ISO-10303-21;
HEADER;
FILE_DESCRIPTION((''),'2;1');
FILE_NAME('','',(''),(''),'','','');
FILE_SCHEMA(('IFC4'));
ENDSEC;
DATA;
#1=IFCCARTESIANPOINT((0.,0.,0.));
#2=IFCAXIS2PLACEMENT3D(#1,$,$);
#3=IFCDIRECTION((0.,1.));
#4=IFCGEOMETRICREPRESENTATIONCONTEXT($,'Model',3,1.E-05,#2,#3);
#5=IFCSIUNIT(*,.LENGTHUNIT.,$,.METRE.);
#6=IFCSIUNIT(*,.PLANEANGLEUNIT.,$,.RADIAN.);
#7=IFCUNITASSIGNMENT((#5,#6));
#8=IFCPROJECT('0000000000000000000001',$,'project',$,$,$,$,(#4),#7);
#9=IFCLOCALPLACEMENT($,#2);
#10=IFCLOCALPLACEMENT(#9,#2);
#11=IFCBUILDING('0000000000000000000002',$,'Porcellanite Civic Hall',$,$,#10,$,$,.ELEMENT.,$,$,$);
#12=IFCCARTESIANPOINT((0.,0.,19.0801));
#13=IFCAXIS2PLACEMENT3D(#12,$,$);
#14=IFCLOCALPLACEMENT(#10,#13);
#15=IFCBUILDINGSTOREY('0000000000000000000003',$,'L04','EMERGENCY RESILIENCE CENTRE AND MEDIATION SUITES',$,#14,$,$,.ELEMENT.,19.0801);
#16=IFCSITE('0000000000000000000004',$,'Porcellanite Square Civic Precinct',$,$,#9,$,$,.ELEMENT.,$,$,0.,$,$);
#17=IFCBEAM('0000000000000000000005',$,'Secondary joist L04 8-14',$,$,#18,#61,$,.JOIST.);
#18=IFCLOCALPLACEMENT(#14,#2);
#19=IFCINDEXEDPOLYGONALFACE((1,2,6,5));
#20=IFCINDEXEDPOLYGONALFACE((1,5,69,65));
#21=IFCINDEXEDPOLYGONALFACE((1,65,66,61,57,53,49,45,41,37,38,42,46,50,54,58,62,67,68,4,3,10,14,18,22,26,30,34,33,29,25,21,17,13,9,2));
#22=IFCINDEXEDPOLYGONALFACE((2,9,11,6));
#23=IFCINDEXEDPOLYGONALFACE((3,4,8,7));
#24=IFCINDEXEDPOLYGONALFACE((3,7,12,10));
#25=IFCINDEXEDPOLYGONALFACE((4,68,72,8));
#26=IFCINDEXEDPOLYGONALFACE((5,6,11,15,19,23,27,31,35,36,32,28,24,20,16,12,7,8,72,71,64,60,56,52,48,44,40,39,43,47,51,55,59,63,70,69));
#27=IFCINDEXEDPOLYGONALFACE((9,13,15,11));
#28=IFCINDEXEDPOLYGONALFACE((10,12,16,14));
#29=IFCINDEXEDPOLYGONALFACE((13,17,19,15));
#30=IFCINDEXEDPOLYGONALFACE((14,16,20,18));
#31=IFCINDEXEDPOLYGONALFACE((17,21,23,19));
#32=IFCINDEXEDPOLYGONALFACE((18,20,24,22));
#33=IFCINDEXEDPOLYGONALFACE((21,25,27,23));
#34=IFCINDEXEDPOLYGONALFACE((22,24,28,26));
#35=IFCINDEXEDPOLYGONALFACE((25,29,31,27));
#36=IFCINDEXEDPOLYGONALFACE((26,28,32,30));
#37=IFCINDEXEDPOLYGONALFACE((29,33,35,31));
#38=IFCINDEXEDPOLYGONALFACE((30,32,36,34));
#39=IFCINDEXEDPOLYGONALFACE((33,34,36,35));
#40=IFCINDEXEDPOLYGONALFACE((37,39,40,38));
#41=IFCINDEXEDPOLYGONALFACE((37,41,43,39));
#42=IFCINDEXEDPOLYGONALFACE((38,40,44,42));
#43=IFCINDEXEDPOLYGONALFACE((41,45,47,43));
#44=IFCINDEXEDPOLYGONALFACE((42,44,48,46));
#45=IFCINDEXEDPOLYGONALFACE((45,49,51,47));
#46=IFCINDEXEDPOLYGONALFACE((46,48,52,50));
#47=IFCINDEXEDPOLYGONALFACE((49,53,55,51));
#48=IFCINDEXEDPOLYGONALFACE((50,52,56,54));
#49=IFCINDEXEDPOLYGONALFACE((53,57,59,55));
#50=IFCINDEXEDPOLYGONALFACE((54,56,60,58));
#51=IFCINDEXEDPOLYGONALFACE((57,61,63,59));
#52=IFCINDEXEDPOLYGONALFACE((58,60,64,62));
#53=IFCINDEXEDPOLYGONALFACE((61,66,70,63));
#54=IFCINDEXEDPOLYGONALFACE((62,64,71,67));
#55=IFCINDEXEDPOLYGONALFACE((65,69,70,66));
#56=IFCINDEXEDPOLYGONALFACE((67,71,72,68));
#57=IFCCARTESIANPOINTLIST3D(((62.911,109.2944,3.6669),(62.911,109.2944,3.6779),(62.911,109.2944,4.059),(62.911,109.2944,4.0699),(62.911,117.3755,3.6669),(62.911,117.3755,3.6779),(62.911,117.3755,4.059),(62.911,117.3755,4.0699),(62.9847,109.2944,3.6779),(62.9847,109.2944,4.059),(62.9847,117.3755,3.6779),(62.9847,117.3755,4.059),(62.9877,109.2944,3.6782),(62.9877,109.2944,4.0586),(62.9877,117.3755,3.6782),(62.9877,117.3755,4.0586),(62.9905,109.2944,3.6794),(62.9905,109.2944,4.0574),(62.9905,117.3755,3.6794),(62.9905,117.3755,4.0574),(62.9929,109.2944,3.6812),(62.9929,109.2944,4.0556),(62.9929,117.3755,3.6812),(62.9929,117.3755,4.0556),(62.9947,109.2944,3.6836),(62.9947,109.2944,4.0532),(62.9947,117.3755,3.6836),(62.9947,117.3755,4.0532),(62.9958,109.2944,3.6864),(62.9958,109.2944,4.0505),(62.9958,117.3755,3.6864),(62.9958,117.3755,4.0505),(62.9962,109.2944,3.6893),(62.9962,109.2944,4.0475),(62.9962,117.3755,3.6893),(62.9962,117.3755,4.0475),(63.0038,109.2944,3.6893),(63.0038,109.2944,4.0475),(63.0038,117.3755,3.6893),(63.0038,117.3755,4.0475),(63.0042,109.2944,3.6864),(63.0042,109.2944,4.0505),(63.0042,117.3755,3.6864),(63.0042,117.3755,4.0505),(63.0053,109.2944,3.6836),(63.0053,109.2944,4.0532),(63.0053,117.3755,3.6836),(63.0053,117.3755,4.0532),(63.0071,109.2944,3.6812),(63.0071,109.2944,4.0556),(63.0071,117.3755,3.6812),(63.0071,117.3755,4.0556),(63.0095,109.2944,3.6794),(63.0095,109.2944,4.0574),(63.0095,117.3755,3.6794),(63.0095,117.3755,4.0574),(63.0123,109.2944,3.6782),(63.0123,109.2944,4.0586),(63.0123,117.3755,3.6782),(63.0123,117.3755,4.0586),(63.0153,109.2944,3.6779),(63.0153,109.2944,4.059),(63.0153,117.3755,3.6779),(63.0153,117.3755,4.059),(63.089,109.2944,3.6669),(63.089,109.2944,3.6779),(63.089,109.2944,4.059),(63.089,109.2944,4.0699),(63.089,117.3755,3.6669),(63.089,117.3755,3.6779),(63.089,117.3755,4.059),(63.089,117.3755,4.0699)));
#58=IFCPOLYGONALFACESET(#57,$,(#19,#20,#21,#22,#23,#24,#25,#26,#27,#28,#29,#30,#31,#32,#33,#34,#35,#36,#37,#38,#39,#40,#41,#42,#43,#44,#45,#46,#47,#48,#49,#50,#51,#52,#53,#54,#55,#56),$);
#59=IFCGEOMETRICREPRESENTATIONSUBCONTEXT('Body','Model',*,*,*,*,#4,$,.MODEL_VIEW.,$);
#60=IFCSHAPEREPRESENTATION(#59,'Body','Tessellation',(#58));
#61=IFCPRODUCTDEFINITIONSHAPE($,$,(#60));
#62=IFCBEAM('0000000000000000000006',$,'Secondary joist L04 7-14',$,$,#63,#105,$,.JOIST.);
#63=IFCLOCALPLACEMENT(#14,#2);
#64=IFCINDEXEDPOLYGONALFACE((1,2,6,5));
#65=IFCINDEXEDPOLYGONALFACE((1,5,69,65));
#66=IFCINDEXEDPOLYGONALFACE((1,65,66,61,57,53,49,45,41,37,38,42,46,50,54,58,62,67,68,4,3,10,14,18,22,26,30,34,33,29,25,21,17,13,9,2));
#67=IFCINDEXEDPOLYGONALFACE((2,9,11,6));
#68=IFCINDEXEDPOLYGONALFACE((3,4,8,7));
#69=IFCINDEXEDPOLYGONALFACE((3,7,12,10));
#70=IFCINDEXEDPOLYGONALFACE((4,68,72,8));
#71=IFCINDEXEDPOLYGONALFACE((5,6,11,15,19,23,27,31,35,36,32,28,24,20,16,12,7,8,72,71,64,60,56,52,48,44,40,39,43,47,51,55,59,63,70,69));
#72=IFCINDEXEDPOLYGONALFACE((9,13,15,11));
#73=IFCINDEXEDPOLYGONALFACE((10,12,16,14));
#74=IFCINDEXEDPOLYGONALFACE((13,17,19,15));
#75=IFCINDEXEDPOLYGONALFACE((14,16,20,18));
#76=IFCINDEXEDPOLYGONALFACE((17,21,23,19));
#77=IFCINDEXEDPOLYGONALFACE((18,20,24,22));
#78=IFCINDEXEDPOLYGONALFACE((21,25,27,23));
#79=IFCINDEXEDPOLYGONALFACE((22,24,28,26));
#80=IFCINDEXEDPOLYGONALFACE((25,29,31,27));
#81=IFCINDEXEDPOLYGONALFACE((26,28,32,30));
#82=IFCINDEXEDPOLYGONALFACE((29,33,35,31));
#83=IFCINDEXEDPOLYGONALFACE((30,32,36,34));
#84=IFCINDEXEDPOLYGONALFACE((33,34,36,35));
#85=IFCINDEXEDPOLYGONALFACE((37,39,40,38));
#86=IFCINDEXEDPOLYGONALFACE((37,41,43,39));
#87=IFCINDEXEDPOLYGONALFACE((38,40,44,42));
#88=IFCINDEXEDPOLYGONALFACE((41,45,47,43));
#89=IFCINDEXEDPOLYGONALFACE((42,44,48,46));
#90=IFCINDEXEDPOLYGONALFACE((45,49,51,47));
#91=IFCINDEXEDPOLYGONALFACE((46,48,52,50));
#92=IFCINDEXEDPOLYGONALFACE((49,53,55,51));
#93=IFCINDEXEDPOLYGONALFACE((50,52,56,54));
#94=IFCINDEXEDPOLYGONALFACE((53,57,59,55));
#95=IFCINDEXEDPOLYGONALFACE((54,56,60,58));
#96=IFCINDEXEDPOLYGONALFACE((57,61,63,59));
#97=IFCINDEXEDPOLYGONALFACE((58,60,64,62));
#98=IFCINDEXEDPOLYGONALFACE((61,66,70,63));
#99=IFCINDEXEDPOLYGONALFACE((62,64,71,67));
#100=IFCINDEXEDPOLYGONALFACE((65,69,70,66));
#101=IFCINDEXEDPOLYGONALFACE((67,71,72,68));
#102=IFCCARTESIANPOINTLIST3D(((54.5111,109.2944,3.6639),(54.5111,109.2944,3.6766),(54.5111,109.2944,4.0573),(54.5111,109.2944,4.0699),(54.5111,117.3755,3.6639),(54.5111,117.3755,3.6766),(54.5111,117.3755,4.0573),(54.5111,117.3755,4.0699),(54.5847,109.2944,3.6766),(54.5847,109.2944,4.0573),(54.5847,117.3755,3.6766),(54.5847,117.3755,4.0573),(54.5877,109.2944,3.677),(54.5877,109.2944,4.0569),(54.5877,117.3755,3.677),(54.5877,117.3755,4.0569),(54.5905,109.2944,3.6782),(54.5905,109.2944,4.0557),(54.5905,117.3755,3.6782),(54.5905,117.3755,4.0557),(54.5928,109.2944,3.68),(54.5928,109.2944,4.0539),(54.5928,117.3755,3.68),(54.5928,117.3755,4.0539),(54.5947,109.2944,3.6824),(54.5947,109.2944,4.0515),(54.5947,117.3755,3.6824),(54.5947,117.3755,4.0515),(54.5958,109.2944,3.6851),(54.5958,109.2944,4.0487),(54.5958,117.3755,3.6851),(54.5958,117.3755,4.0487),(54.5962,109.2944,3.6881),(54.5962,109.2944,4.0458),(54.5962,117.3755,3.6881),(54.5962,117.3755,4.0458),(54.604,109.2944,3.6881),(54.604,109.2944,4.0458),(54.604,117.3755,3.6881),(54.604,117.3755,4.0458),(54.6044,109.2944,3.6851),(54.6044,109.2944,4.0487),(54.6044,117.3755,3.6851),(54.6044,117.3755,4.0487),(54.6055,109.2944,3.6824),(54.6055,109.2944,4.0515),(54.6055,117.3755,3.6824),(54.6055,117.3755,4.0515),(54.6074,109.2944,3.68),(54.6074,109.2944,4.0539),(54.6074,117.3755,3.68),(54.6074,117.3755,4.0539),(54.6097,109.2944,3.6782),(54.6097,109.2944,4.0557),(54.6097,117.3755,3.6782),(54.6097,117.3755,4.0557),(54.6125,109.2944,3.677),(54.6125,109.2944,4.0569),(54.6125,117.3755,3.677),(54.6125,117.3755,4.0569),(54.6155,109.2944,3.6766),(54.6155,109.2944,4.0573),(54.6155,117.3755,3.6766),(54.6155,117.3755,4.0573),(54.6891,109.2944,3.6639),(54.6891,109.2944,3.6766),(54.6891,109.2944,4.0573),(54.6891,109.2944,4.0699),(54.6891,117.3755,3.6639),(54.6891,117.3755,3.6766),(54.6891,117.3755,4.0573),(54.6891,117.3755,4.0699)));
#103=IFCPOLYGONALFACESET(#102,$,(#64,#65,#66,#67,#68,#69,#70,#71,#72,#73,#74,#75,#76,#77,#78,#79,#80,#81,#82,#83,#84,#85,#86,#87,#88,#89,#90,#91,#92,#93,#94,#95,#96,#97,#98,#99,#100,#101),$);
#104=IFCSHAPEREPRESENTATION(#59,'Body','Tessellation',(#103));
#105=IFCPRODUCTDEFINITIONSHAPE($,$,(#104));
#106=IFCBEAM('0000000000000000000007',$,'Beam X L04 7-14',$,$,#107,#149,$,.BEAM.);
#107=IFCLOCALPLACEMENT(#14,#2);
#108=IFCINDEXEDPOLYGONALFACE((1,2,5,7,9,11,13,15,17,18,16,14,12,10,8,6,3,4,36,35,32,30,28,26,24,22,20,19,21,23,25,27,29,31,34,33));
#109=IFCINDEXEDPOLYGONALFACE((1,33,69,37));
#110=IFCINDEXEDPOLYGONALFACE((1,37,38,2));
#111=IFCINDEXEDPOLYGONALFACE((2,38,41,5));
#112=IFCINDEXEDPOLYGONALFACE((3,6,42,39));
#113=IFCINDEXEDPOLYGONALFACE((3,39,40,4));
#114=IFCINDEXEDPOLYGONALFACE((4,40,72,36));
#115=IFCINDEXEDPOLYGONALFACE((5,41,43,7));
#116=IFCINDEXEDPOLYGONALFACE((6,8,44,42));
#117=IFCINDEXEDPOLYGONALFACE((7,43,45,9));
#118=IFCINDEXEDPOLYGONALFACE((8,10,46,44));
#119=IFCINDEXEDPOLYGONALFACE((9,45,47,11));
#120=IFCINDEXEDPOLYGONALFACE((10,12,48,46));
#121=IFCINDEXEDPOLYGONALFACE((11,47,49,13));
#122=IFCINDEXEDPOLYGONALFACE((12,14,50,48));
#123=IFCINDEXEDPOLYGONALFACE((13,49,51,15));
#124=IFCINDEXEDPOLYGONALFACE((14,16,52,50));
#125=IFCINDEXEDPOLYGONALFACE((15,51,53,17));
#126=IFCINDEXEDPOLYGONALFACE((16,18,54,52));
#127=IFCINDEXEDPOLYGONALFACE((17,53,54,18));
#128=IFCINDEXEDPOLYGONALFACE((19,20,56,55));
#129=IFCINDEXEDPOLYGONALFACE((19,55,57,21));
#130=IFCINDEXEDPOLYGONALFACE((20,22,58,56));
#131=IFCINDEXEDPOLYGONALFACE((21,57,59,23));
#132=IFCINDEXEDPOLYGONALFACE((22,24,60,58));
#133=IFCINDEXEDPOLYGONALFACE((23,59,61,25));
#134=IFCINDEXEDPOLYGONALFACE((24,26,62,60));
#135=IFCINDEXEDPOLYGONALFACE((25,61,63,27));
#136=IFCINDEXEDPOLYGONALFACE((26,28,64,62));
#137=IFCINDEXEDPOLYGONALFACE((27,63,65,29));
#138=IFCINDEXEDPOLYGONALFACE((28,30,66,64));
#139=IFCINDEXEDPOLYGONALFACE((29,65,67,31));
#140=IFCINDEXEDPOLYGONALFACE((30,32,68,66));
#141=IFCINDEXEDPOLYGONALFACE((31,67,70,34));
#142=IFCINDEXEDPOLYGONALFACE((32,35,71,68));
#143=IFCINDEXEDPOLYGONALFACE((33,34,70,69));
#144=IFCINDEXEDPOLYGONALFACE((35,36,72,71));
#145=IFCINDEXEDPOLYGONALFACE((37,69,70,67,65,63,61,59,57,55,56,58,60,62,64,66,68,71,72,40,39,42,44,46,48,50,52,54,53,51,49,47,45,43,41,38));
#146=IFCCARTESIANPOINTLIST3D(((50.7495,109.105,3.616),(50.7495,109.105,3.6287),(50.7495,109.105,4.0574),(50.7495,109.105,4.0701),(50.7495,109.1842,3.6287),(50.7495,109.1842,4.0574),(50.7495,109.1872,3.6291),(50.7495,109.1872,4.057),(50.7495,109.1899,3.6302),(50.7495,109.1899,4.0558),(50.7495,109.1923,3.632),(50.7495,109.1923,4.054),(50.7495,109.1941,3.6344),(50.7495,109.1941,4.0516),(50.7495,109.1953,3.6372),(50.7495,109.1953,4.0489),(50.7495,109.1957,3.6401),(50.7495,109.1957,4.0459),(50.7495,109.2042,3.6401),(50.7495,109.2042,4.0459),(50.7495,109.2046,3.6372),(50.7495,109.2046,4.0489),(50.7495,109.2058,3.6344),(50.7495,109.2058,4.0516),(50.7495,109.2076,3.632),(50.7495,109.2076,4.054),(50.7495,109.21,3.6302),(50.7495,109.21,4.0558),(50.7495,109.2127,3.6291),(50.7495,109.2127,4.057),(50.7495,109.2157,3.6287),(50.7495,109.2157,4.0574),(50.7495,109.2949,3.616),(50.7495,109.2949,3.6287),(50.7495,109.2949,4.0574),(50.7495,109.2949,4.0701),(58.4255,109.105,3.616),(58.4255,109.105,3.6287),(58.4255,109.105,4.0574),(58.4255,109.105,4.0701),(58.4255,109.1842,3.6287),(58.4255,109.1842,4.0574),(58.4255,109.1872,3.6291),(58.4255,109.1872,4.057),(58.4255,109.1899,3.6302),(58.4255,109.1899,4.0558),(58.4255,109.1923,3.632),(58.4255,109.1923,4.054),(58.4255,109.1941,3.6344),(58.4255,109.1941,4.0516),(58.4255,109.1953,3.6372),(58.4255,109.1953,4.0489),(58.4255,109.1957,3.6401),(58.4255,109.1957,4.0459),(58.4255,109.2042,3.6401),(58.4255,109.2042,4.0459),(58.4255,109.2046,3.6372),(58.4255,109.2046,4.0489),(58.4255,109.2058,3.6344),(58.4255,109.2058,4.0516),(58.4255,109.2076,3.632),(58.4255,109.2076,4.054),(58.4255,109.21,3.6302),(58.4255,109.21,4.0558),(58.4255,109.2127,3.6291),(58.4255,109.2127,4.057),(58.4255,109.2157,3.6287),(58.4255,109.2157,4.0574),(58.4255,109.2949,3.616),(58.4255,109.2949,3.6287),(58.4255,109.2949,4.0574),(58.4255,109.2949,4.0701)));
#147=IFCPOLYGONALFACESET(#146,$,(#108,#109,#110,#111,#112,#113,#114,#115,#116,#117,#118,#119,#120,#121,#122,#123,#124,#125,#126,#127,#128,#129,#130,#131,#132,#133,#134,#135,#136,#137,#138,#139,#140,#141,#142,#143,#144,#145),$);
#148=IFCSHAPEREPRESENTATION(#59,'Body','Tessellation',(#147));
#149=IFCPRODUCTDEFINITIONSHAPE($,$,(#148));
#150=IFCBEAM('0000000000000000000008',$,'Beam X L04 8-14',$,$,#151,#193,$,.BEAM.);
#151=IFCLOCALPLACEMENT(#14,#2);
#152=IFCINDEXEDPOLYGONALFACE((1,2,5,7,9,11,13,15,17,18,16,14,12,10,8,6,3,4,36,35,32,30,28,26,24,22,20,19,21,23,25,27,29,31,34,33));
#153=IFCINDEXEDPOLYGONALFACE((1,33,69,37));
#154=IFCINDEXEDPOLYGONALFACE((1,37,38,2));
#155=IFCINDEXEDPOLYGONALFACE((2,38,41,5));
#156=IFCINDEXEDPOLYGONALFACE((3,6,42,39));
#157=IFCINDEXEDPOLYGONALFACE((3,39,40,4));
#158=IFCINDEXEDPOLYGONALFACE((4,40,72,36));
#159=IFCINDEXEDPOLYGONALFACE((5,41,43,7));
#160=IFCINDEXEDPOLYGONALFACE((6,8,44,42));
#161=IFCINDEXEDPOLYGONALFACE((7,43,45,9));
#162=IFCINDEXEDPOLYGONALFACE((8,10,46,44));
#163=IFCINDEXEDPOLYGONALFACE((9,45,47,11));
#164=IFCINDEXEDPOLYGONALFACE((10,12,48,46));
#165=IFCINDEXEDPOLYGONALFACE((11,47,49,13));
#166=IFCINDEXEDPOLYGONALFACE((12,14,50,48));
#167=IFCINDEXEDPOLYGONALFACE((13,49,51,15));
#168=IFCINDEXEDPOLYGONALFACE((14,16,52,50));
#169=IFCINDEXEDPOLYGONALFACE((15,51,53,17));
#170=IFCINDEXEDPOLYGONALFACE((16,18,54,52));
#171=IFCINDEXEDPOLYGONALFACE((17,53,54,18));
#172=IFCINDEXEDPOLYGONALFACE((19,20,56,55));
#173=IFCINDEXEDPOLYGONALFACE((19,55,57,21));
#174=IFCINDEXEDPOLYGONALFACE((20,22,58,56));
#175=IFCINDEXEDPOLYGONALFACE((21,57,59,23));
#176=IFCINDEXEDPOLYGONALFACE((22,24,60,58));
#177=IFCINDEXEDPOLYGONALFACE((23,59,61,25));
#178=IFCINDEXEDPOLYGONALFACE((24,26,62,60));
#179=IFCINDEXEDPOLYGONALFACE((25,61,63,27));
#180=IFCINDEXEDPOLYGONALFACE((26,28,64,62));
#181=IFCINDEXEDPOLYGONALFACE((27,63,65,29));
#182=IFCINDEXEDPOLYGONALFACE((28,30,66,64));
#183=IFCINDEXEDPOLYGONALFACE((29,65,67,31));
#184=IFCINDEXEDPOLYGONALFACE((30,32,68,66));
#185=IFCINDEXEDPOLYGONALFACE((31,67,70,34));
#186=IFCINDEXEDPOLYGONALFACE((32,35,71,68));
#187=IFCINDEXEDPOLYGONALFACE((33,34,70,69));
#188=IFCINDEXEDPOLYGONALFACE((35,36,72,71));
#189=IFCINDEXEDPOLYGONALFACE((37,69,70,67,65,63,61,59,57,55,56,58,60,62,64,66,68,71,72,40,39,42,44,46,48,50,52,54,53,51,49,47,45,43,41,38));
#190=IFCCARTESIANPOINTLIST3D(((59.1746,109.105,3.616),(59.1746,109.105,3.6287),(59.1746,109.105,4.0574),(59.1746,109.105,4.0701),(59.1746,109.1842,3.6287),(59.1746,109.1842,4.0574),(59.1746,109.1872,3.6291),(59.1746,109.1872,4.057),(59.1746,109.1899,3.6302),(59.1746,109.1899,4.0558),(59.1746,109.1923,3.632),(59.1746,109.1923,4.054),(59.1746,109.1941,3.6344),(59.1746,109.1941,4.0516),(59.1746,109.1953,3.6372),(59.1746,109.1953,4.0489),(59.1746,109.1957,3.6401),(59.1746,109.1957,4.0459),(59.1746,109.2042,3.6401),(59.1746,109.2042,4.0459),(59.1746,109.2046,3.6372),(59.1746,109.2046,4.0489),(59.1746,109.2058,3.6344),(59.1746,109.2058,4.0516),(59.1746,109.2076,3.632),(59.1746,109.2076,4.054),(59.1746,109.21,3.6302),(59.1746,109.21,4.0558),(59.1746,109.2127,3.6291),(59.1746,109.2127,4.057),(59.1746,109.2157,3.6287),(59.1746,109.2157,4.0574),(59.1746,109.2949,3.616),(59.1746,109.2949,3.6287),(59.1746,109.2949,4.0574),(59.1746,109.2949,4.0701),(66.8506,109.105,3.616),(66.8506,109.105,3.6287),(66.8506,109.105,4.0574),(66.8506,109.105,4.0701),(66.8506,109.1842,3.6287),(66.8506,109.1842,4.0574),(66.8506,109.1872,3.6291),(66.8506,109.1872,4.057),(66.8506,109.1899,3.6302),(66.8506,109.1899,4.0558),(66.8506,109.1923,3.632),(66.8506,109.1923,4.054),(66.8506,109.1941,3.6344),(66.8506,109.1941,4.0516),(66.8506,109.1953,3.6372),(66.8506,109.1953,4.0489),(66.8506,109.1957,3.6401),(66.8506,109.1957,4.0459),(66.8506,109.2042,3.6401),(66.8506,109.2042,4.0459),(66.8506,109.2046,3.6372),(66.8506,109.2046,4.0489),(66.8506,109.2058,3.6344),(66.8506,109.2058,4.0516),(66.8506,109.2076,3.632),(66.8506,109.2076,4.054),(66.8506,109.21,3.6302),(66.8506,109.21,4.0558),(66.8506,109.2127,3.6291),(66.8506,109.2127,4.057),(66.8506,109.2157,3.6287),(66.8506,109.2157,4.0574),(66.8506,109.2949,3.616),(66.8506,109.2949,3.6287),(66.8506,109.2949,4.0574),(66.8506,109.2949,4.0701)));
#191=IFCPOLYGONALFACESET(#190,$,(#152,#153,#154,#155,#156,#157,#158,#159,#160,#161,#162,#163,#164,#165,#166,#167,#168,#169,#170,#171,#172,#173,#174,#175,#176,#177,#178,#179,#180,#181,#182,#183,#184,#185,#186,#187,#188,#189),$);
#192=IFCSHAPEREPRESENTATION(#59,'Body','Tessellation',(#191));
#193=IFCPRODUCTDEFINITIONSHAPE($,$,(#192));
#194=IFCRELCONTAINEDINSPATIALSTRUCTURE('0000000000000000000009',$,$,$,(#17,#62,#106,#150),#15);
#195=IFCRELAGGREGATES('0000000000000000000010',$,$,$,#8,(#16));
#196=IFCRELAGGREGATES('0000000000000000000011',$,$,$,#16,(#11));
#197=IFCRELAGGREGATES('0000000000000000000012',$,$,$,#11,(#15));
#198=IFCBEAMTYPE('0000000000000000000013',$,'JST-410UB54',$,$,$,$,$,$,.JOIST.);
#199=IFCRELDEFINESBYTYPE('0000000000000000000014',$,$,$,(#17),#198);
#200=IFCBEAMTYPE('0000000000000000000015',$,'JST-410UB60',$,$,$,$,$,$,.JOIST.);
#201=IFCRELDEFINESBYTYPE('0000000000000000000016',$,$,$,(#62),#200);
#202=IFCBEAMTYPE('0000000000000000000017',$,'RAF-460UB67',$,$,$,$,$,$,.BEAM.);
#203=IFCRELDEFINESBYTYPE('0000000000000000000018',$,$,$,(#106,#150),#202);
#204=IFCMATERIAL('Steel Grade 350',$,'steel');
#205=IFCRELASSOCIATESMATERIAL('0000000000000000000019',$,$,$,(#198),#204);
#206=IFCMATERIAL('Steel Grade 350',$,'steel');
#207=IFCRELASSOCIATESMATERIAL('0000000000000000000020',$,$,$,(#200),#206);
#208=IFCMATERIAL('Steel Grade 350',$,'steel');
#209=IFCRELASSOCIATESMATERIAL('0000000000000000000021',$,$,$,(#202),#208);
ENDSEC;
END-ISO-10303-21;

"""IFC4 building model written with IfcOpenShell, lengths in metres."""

from ifc_helpers import new_model, si_unit, direction, frame, origin, origin_2d, place, context, subcontext, project, spatial, i_section, extrude, material, material_profile, profile_set, type_object, element, save


model = new_model("IFC4")

# Units and contexts
model_context = context("Model", 3, precision=1e-05, world=origin(), true_north=direction((0.0, 1.0)))
body_context = subcontext(model_context, "Body", "Model", "MODEL_VIEW")
ifc_project = project(units=[si_unit("LENGTHUNIT", "METRE"), si_unit("PLANEANGLEUNIT", "RADIAN")], contexts=[model_context])

# Site, building, storey
site_placement = place(None, origin())
site = spatial("IfcSite", under=ifc_project, at=site_placement, Name="Porcellanite Square Civic Precinct", CompositionType="ELEMENT", RefElevation=0.0)
building_placement = place(site_placement, origin())
building = spatial("IfcBuilding", under=site, at=building_placement, Name="Porcellanite Civic Hall", CompositionType="ELEMENT")
storey_placement = place(building_placement, frame((0.0, 0.0, 19.0801)))
storey = spatial("IfcBuildingStorey", under=building, at=storey_placement, Name="L04", Description="EMERGENCY RESILIENCE CENTRE AND MEDIATION SUITES", CompositionType="ELEMENT", Elevation=19.0801)

# Beams
ifc_material_1 = material(Name="Steel Grade 350", Category="steel")
ifc_material_profile_1 = material_profile(ifc_material_1, i_section(OverallWidth=0.178, OverallDepth=0.4031, WebThickness=0.0076, FlangeThickness=0.011, FilletRadius=0.0115, at=origin_2d()), Name="410UB53.7")
ifc_profile_set_1 = profile_set([ifc_material_profile_1], Name="Steel Grade 350")
beam_type_1 = type_object("IfcBeamType", Name="JST-410UB54", PredefinedType="JOIST", material=ifc_profile_set_1)
beam_1_placement = place(storey_placement, frame((63.0, 109.2944, 3.8684), z_axis=(0.0, 1.0, 0.0), x_axis=(-1.0, 0.0, 0.0)))
element("IfcBeam", 1, at=beam_1_placement, inside=storey, type_object=beam_type_1, Name="Secondary joist L04 8-14", PredefinedType="JOIST", context=body_context, shape_type="SweptSolid", body=[
    extrude(i_section(OverallWidth=0.178, OverallDepth=0.4031, WebThickness=0.0076, FlangeThickness=0.011, FilletRadius=0.0115, at=origin_2d()), origin(), (0.0, 0.0, 1.0), 8.0811),
])
ifc_material_2 = material(Name="Steel Grade 350", Category="steel")
ifc_material_profile_2 = material_profile(ifc_material_2, i_section(OverallWidth=0.178, OverallDepth=0.406, WebThickness=0.0078, FlangeThickness=0.0127, FilletRadius=0.0115, at=origin_2d()), Name="410UB59.7")
ifc_profile_set_2 = profile_set([ifc_material_profile_2], Name="Steel Grade 350")
beam_type_2 = type_object("IfcBeamType", Name="JST-410UB60", PredefinedType="JOIST", material=ifc_profile_set_2)
beam_2_placement = place(storey_placement, frame((54.6001, 109.2944, 3.8669), z_axis=(0.0, 1.0, 0.0), x_axis=(-1.0, 0.0, 0.0)))
element("IfcBeam", 2, at=beam_2_placement, inside=storey, type_object=beam_type_2, Name="Secondary joist L04 7-14", PredefinedType="JOIST", context=body_context, shape_type="SweptSolid", body=[
    extrude(i_section(OverallWidth=0.178, OverallDepth=0.406, WebThickness=0.0078, FlangeThickness=0.0127, FilletRadius=0.0115, at=origin_2d()), origin(), (0.0, 0.0, 1.0), 8.0811),
])
ifc_material_3 = material(Name="Steel Grade 350", Category="steel")
ifc_material_profile_3 = material_profile(ifc_material_3, i_section(OverallWidth=0.1899, OverallDepth=0.4541, WebThickness=0.0085, FlangeThickness=0.0127, FilletRadius=0.0115, at=origin_2d()), Name="460UB67.1")
ifc_profile_set_3 = profile_set([ifc_material_profile_3], Name="Steel Grade 350")
beam_type_3 = type_object("IfcBeamType", Name="RAF-460UB67", PredefinedType="BEAM", material=ifc_profile_set_3)
for number, where, z_axis, x_axis, name in (
    (3, (50.7495, 109.2, 3.843), (1.0, 0.0, 0.0), (0.0, 1.0, 0.0), "Beam X L04 7-14"),
    (4, (59.1746, 109.2, 3.843), (1.0, 0.0, 0.0), (0.0, 1.0, 0.0), "Beam X L04 8-14"),
):
    element("IfcBeam", number, at=place(storey_placement, frame(where, z_axis=z_axis, x_axis=x_axis)), inside=storey, type_object=beam_type_3, Name=name, PredefinedType="BEAM", context=body_context, shape_type="SweptSolid", body=[
        extrude(i_section(OverallWidth=0.1899, OverallDepth=0.4541, WebThickness=0.0085, FlangeThickness=0.0127, FilletRadius=0.0115, at=origin_2d()), origin(), (0.0, 0.0, 1.0), 7.676),
    ])

save(model, "model.ifc")
